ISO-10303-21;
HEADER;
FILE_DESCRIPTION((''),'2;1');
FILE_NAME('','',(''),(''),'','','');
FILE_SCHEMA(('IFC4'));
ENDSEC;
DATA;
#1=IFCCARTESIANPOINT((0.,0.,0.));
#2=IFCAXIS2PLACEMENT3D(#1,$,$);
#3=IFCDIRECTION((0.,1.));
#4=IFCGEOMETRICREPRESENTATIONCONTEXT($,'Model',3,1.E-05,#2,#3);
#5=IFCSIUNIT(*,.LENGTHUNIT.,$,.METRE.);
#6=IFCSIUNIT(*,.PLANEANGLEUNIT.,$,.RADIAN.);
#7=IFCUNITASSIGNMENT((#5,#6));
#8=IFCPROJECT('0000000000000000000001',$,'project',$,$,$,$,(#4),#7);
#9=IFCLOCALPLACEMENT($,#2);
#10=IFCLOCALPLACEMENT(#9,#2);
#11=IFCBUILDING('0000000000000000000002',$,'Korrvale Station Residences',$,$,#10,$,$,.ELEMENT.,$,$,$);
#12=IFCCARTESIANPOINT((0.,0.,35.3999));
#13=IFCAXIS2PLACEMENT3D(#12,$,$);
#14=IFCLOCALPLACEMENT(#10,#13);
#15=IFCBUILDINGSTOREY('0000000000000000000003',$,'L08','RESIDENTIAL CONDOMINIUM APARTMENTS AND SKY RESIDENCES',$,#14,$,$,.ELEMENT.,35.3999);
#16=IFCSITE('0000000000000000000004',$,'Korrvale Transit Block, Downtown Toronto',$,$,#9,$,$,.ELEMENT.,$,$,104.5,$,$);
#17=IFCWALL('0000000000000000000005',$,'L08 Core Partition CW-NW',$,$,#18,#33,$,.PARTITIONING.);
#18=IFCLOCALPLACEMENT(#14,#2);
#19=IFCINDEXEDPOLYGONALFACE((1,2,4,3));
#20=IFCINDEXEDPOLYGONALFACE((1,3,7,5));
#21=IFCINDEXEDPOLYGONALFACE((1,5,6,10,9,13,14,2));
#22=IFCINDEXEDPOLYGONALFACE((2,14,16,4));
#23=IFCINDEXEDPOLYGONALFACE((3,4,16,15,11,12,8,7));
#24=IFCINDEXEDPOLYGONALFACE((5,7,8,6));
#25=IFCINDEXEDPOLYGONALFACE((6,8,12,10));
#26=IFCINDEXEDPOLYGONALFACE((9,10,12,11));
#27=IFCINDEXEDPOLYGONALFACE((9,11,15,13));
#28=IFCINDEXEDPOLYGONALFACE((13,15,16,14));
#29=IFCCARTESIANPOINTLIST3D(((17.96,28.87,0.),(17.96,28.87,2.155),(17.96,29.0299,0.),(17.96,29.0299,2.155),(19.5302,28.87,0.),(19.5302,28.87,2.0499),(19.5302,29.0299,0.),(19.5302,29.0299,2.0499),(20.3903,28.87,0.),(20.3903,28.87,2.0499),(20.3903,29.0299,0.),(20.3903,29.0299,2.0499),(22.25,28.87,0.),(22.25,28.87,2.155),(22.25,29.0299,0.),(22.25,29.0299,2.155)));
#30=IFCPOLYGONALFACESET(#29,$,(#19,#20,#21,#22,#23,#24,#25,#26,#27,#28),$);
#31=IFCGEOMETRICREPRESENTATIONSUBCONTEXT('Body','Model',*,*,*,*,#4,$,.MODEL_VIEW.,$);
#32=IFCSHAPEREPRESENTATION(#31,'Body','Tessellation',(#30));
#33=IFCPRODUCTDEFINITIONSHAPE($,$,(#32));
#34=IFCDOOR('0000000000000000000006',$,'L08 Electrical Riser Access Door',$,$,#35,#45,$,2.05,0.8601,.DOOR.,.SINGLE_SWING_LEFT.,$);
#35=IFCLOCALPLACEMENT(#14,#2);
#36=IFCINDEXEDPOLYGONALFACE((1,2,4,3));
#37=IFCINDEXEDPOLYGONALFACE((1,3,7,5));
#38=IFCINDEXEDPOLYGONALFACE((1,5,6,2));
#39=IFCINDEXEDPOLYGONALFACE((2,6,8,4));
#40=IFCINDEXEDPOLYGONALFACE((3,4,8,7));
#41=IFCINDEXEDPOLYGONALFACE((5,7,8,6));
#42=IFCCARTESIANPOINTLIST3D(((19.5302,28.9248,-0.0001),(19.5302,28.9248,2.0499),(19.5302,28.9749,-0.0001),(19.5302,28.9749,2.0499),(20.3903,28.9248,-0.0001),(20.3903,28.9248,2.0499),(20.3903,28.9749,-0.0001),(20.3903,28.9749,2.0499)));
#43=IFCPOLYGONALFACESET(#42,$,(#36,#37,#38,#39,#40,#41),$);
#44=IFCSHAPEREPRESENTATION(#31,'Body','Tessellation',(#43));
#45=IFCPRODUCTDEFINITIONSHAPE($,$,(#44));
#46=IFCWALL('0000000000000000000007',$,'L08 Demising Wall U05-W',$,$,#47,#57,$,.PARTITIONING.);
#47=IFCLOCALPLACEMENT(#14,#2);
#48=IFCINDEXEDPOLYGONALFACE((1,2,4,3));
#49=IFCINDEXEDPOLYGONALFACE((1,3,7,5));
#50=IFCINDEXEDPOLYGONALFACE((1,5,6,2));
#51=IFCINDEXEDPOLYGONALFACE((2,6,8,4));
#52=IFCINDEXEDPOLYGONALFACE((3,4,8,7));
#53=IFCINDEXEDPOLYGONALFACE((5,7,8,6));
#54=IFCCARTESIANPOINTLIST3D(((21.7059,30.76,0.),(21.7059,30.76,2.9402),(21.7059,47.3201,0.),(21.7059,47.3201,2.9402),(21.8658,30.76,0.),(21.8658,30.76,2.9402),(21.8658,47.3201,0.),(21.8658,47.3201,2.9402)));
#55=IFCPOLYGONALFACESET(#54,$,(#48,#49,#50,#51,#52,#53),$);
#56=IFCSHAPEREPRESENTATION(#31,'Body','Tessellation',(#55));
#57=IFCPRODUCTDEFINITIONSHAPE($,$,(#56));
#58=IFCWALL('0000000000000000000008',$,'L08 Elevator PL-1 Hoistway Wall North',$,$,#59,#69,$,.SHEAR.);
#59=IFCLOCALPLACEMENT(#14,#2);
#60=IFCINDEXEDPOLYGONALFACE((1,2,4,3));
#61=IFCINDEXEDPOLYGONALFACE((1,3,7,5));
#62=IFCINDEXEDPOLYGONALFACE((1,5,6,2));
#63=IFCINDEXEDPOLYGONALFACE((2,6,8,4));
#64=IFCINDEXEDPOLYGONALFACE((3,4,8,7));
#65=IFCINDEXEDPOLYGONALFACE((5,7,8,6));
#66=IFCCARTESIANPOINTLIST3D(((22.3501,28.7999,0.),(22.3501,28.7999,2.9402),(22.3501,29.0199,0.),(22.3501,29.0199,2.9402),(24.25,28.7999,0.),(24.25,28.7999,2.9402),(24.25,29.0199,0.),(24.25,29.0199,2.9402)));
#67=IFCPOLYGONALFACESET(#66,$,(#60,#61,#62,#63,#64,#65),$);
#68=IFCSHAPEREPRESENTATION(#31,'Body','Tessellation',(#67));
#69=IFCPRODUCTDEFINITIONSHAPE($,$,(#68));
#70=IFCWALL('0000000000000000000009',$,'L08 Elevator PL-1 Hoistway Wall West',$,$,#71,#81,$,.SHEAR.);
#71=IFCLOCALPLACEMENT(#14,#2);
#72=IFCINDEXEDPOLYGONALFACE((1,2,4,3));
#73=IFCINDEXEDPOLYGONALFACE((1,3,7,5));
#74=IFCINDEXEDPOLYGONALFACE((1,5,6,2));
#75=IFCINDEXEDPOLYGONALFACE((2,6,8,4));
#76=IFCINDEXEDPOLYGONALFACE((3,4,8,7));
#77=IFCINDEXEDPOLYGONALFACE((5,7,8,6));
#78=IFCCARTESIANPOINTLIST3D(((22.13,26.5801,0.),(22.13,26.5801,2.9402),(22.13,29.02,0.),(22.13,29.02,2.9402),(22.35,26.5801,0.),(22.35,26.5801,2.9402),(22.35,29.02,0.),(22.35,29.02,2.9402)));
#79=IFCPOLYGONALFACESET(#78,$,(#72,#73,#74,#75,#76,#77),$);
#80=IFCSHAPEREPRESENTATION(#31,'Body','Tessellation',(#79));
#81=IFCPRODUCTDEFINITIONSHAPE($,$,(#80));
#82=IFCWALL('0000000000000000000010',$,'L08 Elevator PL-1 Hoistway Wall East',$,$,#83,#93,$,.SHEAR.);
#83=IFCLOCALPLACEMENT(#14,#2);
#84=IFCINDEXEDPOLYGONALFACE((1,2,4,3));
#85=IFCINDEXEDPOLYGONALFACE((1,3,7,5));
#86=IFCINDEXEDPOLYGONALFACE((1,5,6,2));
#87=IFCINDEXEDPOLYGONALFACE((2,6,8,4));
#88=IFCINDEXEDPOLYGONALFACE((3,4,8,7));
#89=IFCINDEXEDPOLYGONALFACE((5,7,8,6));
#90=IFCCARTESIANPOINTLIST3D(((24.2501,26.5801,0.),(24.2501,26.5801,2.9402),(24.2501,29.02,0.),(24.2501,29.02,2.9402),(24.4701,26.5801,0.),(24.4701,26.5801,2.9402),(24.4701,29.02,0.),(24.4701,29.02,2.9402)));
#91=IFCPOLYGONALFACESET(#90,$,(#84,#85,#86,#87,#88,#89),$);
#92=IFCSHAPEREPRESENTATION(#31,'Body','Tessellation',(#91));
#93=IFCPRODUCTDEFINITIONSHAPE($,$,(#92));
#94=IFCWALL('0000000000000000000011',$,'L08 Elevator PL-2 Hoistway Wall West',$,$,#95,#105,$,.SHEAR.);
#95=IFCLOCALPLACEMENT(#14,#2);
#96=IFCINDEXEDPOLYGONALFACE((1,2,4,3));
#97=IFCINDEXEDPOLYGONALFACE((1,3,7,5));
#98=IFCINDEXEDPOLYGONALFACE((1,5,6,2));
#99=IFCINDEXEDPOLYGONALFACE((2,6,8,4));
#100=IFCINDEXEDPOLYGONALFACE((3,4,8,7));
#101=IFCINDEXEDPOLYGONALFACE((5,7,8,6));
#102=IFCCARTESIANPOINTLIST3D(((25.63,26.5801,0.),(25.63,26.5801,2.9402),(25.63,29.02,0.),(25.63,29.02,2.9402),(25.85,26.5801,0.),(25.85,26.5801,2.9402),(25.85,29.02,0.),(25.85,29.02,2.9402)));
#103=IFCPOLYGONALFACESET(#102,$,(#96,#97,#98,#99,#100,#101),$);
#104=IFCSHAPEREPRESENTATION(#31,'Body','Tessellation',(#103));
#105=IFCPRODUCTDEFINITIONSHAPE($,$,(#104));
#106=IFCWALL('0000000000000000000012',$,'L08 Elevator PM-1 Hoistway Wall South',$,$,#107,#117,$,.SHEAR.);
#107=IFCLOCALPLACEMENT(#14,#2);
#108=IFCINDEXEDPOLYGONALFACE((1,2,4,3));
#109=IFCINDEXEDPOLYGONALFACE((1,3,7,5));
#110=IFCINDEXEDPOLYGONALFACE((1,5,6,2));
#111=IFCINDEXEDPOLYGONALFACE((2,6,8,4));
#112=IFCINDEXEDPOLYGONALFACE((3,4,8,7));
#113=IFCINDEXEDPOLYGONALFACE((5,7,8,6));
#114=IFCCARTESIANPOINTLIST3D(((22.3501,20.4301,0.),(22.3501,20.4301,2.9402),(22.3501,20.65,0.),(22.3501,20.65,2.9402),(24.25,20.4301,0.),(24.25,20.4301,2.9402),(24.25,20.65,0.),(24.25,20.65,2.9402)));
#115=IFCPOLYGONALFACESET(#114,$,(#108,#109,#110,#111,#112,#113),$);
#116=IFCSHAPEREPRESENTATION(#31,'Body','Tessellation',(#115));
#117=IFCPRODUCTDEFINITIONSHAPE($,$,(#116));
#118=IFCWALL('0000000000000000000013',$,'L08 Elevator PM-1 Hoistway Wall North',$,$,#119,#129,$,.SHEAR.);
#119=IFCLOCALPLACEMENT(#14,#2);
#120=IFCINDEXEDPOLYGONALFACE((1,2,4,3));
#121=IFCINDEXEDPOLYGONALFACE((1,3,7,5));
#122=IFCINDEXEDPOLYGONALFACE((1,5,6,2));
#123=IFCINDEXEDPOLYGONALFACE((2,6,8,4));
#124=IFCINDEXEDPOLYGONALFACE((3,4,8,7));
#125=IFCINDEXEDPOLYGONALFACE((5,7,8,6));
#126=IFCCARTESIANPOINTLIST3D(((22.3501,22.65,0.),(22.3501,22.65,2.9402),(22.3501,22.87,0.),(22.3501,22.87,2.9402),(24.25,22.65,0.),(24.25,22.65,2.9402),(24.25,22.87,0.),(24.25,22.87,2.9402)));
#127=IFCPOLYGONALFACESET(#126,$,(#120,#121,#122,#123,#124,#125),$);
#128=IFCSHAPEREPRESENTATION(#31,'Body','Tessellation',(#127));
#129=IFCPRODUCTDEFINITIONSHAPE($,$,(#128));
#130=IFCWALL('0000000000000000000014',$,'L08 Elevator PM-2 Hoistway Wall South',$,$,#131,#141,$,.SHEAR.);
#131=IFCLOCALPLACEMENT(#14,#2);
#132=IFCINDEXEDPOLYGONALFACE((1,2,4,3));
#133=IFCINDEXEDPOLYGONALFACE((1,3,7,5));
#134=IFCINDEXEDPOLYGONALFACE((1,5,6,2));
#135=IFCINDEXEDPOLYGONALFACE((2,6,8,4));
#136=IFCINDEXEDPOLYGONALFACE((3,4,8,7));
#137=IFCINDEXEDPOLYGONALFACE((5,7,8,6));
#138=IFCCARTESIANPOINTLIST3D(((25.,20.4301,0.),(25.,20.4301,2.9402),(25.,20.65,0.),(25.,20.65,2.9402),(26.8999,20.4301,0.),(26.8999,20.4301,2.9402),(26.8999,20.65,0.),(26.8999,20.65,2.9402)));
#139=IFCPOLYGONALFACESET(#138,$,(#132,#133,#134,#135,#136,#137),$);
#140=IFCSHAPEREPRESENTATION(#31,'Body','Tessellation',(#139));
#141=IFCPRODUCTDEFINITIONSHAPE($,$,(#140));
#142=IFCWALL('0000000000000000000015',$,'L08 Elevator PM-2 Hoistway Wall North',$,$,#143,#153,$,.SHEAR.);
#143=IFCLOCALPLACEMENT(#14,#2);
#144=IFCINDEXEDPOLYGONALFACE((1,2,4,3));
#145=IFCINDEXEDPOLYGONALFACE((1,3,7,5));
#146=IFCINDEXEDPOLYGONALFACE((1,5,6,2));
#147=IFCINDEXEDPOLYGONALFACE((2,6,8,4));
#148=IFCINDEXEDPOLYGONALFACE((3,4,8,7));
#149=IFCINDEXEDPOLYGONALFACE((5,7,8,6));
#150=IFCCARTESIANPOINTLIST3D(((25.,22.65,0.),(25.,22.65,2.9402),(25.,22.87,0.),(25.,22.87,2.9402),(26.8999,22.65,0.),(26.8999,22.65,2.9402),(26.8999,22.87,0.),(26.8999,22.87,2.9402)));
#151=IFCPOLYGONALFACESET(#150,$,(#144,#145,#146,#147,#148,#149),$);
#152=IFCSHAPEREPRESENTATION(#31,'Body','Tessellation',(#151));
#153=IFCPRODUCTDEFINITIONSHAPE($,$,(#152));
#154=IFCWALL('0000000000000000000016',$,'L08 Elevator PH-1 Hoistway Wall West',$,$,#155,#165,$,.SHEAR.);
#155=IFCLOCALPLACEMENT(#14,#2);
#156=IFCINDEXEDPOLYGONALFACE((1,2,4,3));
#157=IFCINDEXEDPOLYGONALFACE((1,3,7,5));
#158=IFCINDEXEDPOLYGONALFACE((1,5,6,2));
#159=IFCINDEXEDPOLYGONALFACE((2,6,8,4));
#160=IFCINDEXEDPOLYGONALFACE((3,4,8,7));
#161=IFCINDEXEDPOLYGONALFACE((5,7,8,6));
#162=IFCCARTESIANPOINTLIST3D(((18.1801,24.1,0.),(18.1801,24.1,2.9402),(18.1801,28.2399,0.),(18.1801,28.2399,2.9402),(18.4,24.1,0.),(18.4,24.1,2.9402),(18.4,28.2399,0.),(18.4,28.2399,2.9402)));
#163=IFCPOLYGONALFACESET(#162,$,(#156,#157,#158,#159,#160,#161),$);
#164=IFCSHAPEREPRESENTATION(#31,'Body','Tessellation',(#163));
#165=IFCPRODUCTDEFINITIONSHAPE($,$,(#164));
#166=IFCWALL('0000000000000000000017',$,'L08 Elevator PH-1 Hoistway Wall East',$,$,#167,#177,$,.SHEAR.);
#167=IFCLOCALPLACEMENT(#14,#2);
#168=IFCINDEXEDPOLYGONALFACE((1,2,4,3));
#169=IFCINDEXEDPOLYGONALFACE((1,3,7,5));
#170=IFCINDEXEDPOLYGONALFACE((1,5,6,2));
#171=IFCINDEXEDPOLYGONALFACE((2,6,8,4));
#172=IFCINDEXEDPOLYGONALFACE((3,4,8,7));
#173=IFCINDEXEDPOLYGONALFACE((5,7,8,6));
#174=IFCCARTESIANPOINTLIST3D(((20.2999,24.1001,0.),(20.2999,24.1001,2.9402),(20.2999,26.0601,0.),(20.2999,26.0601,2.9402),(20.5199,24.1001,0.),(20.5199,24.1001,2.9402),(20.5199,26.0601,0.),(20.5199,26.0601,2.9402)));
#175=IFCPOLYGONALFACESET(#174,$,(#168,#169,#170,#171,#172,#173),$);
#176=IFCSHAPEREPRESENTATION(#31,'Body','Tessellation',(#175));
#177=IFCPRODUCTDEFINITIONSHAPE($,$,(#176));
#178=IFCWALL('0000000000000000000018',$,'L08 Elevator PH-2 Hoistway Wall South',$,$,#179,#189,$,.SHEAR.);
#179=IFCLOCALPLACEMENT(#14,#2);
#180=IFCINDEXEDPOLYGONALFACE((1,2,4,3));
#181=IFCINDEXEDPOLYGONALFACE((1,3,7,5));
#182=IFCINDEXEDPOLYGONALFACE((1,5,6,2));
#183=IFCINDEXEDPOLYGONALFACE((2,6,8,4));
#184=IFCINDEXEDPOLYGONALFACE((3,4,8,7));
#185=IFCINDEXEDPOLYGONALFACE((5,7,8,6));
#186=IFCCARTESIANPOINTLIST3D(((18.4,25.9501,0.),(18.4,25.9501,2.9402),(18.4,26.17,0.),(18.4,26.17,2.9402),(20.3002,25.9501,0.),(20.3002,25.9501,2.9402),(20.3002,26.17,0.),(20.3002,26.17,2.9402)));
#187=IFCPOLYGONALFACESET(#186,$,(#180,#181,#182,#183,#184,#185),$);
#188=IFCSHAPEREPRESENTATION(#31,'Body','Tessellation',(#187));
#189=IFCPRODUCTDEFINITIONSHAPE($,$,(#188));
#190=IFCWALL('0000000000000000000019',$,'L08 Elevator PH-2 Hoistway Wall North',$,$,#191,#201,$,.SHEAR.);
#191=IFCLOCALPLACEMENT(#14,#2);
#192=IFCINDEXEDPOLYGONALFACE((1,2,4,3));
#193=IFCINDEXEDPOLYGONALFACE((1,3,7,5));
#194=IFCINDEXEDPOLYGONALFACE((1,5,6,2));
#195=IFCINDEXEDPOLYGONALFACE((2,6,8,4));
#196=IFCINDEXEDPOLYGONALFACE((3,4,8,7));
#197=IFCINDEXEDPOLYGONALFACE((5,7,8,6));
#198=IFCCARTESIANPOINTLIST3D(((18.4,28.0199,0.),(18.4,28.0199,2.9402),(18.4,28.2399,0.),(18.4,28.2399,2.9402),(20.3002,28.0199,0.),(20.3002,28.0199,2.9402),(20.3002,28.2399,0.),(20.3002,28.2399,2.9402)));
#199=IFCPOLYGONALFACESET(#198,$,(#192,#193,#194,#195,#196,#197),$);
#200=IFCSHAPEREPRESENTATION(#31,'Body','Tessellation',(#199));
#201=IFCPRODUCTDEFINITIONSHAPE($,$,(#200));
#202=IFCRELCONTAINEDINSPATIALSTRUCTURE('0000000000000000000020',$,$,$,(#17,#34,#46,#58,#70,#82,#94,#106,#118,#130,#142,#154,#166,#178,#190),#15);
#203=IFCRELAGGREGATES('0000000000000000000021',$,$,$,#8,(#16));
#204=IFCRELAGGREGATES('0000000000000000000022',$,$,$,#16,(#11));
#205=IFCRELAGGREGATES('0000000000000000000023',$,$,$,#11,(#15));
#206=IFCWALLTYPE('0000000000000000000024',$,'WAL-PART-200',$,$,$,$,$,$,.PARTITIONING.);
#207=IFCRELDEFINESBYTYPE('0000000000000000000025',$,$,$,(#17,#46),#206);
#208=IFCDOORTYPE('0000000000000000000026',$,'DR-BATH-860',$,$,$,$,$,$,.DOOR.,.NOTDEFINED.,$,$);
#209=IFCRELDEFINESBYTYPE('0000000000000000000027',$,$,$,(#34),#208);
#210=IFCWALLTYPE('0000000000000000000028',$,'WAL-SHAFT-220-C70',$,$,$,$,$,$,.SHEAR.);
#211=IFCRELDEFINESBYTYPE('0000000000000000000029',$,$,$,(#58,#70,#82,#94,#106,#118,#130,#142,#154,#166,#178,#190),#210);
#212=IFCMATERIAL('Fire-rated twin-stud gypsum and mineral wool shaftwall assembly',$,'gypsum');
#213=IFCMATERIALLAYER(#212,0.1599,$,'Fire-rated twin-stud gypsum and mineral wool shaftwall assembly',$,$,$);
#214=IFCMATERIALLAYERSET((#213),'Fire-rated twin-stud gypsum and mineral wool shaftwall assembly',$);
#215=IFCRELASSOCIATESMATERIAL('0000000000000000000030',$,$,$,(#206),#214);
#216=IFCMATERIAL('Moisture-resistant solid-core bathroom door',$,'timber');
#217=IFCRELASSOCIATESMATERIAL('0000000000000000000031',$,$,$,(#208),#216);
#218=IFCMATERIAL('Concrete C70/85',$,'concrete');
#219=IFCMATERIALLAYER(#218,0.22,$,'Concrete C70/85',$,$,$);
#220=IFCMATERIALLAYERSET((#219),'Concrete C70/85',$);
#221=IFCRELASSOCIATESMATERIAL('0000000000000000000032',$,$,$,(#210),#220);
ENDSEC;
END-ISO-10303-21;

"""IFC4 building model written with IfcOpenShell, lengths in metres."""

from ifc_helpers import new_model, si_unit, direction, frame, frame_2d, origin, place, context, subcontext, project, spatial, rectangle, extrude, material, layer, layer_set, type_object, element, fill, save


model = new_model("IFC4")

# Units and contexts
model_context = context("Model", 3, precision=1e-05, world=origin(), true_north=direction((0.0, 1.0)))
body_context = subcontext(model_context, "Body", "Model", "MODEL_VIEW")
ifc_project = project(units=[si_unit("LENGTHUNIT", "METRE"), si_unit("PLANEANGLEUNIT", "RADIAN")], contexts=[model_context])

# Site, building, storey
site_placement = place(None, origin())
site = spatial("IfcSite", under=ifc_project, at=site_placement, Name="Korrvale Transit Block, Downtown Toronto", CompositionType="ELEMENT", RefElevation=104.5)
building_placement = place(site_placement, origin())
building = spatial("IfcBuilding", under=site, at=building_placement, Name="Korrvale Station Residences", CompositionType="ELEMENT")
storey_placement = place(building_placement, frame((0.0, 0.0, 35.3999)))
storey = spatial("IfcBuildingStorey", under=building, at=storey_placement, Name="L08", Description="RESIDENTIAL CONDOMINIUM APARTMENTS AND SKY RESIDENCES", CompositionType="ELEMENT", Elevation=35.3999)

# Shared definitions
ifc_material_1 = material(Name="Concrete C70/85", Category="concrete")

# Shared definitions
ifc_material_2 = material(Name="Fire-rated twin-stud gypsum and mineral wool shaftwall assembly", Category="gypsum")
ifc_layer_1 = layer(ifc_material_2, 0.1599, Name="Fire-rated twin-stud gypsum and mineral wool shaftwall assembly")
ifc_layer_set_1 = layer_set([ifc_layer_1], Name="Fire-rated twin-stud gypsum and mineral wool shaftwall assembly")
wall_type_1 = type_object("IfcWallType", Name="WAL-PART-200", PredefinedType="PARTITIONING", material=ifc_layer_set_1)

# Wall, opening, door
wall_1_placement = place(storey_placement, frame((17.96, 28.95, 0.0), z_axis=(0.0, 0.0, 1.0), x_axis=(1.0, 0.0, 0.0)))
wall_1 = element("IfcWall", 1, at=wall_1_placement, inside=storey, type_object=wall_type_1, Name="L08 Core Partition CW-NW", PredefinedType="PARTITIONING", context=body_context, shape_type="SweptSolid", body=[
    extrude(rectangle(XDim=4.29, YDim=0.1599, at=frame_2d((2.145, 0.0))), origin(), (0.0, 0.0, 1.0), 2.155),
])
opening_1_placement = place(wall_1_placement, frame((1.5701, 0.0, 0.0)))
opening_1 = element("IfcOpeningElement", 2, at=opening_1_placement, cuts=wall_1, PredefinedType="OPENING", context=body_context, shape_type="SweptSolid", body=[
    extrude(rectangle(XDim=0.8601, YDim=2.05, at=frame_2d((0.4302, 1.0249))), frame((0.0, 0.0898, 0.0), z_axis=(0.0, -1.0, 0.0), x_axis=(1.0, 0.0, 0.0)), (0.0, 0.0, 1.0), 0.1799),
])
ifc_material_3 = material(Name="Moisture-resistant solid-core bathroom door", Category="timber")
door_type_1 = type_object("IfcDoorType", Name="DR-BATH-860", OperationType="NOTDEFINED", PredefinedType="DOOR", material=ifc_material_3)
door_1_placement = place(opening_1_placement, origin())
door_1 = element("IfcDoor", 3, at=door_1_placement, inside=storey, type_object=door_type_1, Name="L08 Electrical Riser Access Door", OperationType="SINGLE_SWING_LEFT", OverallHeight=2.05, OverallWidth=0.8601, PredefinedType="DOOR", context=body_context, shape_type="SweptSolid", body=[
    extrude(rectangle(XDim=0.8601, YDim=2.05, at=frame_2d((0.4302, 1.0249))), frame((0.0, 0.0249, 0.0), z_axis=(0.0, -1.0, 0.0), x_axis=(1.0, 0.0, 0.0)), (0.0, 0.0, 1.0), 0.05),
])
fill(opening_1, door_1)

# Wall
wall_2_placement = place(storey_placement, frame((21.7859, 30.76, 0.0), z_axis=(0.0, 0.0, 1.0), x_axis=(0.0, 1.0, 0.0)))
element("IfcWall", 4, at=wall_2_placement, inside=storey, type_object=wall_type_1, Name="L08 Demising Wall U05-W", PredefinedType="PARTITIONING", context=body_context, shape_type="SweptSolid", body=[
    extrude(rectangle(XDim=16.5601, YDim=0.1599, at=frame_2d((8.28, 0.0))), origin(), (0.0, 0.0, 1.0), 2.9402),
])

# Shared definitions
ifc_layer_2 = layer(ifc_material_1, 0.22, Name="Concrete C70/85")
ifc_layer_set_2 = layer_set([ifc_layer_2], Name="Concrete C70/85")
wall_type_2 = type_object("IfcWallType", Name="WAL-SHAFT-220-C70", PredefinedType="SHEAR", material=ifc_layer_set_2)

# Walls
wall_3_placement = place(storey_placement, frame((22.3501, 28.9099, 0.0), z_axis=(0.0, 0.0, 1.0), x_axis=(1.0, 0.0, 0.0)))
element("IfcWall", 5, at=wall_3_placement, inside=storey, type_object=wall_type_2, Name="L08 Elevator PL-1 Hoistway Wall North", PredefinedType="SHEAR", context=body_context, shape_type="SweptSolid", body=[
    extrude(rectangle(XDim=1.8999, YDim=0.22, at=frame_2d((0.95, 0.0))), origin(), (0.0, 0.0, 1.0), 2.9402),
])
for number, where, z_axis, x_axis, name in (
    (6, (22.24, 26.5801, 0.0), (0.0, 0.0, 1.0), (0.0, 1.0, 0.0), "L08 Elevator PL-1 Hoistway Wall West"),
    (7, (24.3601, 26.5801, 0.0), (0.0, 0.0, 1.0), (0.0, 1.0, 0.0), "L08 Elevator PL-1 Hoistway Wall East"),
    (8, (25.74, 26.5801, 0.0), (0.0, 0.0, 1.0), (0.0, 1.0, 0.0), "L08 Elevator PL-2 Hoistway Wall West"),
):
    element("IfcWall", number, at=place(storey_placement, frame(where, z_axis=z_axis, x_axis=x_axis)), inside=storey, type_object=wall_type_2, Name=name, PredefinedType="SHEAR", context=body_context, shape_type="SweptSolid", body=[
        extrude(rectangle(XDim=2.4399, YDim=0.22, at=frame_2d((1.22, 0.0))), origin(), (0.0, 0.0, 1.0), 2.9402),
    ])
for number, where, z_axis, x_axis, name in (
    (9, (22.3501, 20.54, 0.0), (0.0, 0.0, 1.0), (1.0, 0.0, 0.0), "L08 Elevator PM-1 Hoistway Wall South"),
    (10, (22.3501, 22.76, 0.0), (0.0, 0.0, 1.0), (1.0, 0.0, 0.0), "L08 Elevator PM-1 Hoistway Wall North"),
    (11, (25.0, 20.54, 0.0), (0.0, 0.0, 1.0), (1.0, 0.0, 0.0), "L08 Elevator PM-2 Hoistway Wall South"),
    (12, (25.0, 22.76, 0.0), (0.0, 0.0, 1.0), (1.0, 0.0, 0.0), "L08 Elevator PM-2 Hoistway Wall North"),
):
    element("IfcWall", number, at=place(storey_placement, frame(where, z_axis=z_axis, x_axis=x_axis)), inside=storey, type_object=wall_type_2, Name=name, PredefinedType="SHEAR", context=body_context, shape_type="SweptSolid", body=[
        extrude(rectangle(XDim=1.8999, YDim=0.22, at=frame_2d((0.95, 0.0))), origin(), (0.0, 0.0, 1.0), 2.9402),
    ])
wall_4_placement = place(storey_placement, frame((18.29, 24.1001, 0.0), z_axis=(0.0, 0.0, 1.0), x_axis=(0.0, 1.0, 0.0)))
element("IfcWall", 13, at=wall_4_placement, inside=storey, type_object=wall_type_2, Name="L08 Elevator PH-1 Hoistway Wall West", PredefinedType="SHEAR", context=body_context, shape_type="SweptSolid", body=[
    extrude(rectangle(XDim=4.1399, YDim=0.22, at=frame_2d((2.0698, 0.0))), origin(), (0.0, 0.0, 1.0), 2.9402),
])
wall_5_placement = place(storey_placement, frame((20.4099, 24.1001, 0.0), z_axis=(0.0, 0.0, 1.0), x_axis=(0.0, 1.0, 0.0)))
element("IfcWall", 14, at=wall_5_placement, inside=storey, type_object=wall_type_2, Name="L08 Elevator PH-1 Hoistway Wall East", PredefinedType="SHEAR", context=body_context, shape_type="SweptSolid", body=[
    extrude(rectangle(XDim=1.96, YDim=0.22, at=frame_2d((0.98, 0.0))), origin(), (0.0, 0.0, 1.0), 2.9402),
])
for number, where, z_axis, x_axis, name in (
    (15, (18.3999, 26.0601, 0.0), (0.0, 0.0, 1.0), (1.0, 0.0, 0.0), "L08 Elevator PH-2 Hoistway Wall South"),
    (16, (18.3999, 28.1299, 0.0), (0.0, 0.0, 1.0), (1.0, 0.0, 0.0), "L08 Elevator PH-2 Hoistway Wall North"),
):
    element("IfcWall", number, at=place(storey_placement, frame(where, z_axis=z_axis, x_axis=x_axis)), inside=storey, type_object=wall_type_2, Name=name, PredefinedType="SHEAR", context=body_context, shape_type="SweptSolid", body=[
        extrude(rectangle(XDim=1.9001, YDim=0.22, at=frame_2d((0.9502, 0.0))), origin(), (0.0, 0.0, 1.0), 2.9402),
    ])

save(model, "model.ifc")
